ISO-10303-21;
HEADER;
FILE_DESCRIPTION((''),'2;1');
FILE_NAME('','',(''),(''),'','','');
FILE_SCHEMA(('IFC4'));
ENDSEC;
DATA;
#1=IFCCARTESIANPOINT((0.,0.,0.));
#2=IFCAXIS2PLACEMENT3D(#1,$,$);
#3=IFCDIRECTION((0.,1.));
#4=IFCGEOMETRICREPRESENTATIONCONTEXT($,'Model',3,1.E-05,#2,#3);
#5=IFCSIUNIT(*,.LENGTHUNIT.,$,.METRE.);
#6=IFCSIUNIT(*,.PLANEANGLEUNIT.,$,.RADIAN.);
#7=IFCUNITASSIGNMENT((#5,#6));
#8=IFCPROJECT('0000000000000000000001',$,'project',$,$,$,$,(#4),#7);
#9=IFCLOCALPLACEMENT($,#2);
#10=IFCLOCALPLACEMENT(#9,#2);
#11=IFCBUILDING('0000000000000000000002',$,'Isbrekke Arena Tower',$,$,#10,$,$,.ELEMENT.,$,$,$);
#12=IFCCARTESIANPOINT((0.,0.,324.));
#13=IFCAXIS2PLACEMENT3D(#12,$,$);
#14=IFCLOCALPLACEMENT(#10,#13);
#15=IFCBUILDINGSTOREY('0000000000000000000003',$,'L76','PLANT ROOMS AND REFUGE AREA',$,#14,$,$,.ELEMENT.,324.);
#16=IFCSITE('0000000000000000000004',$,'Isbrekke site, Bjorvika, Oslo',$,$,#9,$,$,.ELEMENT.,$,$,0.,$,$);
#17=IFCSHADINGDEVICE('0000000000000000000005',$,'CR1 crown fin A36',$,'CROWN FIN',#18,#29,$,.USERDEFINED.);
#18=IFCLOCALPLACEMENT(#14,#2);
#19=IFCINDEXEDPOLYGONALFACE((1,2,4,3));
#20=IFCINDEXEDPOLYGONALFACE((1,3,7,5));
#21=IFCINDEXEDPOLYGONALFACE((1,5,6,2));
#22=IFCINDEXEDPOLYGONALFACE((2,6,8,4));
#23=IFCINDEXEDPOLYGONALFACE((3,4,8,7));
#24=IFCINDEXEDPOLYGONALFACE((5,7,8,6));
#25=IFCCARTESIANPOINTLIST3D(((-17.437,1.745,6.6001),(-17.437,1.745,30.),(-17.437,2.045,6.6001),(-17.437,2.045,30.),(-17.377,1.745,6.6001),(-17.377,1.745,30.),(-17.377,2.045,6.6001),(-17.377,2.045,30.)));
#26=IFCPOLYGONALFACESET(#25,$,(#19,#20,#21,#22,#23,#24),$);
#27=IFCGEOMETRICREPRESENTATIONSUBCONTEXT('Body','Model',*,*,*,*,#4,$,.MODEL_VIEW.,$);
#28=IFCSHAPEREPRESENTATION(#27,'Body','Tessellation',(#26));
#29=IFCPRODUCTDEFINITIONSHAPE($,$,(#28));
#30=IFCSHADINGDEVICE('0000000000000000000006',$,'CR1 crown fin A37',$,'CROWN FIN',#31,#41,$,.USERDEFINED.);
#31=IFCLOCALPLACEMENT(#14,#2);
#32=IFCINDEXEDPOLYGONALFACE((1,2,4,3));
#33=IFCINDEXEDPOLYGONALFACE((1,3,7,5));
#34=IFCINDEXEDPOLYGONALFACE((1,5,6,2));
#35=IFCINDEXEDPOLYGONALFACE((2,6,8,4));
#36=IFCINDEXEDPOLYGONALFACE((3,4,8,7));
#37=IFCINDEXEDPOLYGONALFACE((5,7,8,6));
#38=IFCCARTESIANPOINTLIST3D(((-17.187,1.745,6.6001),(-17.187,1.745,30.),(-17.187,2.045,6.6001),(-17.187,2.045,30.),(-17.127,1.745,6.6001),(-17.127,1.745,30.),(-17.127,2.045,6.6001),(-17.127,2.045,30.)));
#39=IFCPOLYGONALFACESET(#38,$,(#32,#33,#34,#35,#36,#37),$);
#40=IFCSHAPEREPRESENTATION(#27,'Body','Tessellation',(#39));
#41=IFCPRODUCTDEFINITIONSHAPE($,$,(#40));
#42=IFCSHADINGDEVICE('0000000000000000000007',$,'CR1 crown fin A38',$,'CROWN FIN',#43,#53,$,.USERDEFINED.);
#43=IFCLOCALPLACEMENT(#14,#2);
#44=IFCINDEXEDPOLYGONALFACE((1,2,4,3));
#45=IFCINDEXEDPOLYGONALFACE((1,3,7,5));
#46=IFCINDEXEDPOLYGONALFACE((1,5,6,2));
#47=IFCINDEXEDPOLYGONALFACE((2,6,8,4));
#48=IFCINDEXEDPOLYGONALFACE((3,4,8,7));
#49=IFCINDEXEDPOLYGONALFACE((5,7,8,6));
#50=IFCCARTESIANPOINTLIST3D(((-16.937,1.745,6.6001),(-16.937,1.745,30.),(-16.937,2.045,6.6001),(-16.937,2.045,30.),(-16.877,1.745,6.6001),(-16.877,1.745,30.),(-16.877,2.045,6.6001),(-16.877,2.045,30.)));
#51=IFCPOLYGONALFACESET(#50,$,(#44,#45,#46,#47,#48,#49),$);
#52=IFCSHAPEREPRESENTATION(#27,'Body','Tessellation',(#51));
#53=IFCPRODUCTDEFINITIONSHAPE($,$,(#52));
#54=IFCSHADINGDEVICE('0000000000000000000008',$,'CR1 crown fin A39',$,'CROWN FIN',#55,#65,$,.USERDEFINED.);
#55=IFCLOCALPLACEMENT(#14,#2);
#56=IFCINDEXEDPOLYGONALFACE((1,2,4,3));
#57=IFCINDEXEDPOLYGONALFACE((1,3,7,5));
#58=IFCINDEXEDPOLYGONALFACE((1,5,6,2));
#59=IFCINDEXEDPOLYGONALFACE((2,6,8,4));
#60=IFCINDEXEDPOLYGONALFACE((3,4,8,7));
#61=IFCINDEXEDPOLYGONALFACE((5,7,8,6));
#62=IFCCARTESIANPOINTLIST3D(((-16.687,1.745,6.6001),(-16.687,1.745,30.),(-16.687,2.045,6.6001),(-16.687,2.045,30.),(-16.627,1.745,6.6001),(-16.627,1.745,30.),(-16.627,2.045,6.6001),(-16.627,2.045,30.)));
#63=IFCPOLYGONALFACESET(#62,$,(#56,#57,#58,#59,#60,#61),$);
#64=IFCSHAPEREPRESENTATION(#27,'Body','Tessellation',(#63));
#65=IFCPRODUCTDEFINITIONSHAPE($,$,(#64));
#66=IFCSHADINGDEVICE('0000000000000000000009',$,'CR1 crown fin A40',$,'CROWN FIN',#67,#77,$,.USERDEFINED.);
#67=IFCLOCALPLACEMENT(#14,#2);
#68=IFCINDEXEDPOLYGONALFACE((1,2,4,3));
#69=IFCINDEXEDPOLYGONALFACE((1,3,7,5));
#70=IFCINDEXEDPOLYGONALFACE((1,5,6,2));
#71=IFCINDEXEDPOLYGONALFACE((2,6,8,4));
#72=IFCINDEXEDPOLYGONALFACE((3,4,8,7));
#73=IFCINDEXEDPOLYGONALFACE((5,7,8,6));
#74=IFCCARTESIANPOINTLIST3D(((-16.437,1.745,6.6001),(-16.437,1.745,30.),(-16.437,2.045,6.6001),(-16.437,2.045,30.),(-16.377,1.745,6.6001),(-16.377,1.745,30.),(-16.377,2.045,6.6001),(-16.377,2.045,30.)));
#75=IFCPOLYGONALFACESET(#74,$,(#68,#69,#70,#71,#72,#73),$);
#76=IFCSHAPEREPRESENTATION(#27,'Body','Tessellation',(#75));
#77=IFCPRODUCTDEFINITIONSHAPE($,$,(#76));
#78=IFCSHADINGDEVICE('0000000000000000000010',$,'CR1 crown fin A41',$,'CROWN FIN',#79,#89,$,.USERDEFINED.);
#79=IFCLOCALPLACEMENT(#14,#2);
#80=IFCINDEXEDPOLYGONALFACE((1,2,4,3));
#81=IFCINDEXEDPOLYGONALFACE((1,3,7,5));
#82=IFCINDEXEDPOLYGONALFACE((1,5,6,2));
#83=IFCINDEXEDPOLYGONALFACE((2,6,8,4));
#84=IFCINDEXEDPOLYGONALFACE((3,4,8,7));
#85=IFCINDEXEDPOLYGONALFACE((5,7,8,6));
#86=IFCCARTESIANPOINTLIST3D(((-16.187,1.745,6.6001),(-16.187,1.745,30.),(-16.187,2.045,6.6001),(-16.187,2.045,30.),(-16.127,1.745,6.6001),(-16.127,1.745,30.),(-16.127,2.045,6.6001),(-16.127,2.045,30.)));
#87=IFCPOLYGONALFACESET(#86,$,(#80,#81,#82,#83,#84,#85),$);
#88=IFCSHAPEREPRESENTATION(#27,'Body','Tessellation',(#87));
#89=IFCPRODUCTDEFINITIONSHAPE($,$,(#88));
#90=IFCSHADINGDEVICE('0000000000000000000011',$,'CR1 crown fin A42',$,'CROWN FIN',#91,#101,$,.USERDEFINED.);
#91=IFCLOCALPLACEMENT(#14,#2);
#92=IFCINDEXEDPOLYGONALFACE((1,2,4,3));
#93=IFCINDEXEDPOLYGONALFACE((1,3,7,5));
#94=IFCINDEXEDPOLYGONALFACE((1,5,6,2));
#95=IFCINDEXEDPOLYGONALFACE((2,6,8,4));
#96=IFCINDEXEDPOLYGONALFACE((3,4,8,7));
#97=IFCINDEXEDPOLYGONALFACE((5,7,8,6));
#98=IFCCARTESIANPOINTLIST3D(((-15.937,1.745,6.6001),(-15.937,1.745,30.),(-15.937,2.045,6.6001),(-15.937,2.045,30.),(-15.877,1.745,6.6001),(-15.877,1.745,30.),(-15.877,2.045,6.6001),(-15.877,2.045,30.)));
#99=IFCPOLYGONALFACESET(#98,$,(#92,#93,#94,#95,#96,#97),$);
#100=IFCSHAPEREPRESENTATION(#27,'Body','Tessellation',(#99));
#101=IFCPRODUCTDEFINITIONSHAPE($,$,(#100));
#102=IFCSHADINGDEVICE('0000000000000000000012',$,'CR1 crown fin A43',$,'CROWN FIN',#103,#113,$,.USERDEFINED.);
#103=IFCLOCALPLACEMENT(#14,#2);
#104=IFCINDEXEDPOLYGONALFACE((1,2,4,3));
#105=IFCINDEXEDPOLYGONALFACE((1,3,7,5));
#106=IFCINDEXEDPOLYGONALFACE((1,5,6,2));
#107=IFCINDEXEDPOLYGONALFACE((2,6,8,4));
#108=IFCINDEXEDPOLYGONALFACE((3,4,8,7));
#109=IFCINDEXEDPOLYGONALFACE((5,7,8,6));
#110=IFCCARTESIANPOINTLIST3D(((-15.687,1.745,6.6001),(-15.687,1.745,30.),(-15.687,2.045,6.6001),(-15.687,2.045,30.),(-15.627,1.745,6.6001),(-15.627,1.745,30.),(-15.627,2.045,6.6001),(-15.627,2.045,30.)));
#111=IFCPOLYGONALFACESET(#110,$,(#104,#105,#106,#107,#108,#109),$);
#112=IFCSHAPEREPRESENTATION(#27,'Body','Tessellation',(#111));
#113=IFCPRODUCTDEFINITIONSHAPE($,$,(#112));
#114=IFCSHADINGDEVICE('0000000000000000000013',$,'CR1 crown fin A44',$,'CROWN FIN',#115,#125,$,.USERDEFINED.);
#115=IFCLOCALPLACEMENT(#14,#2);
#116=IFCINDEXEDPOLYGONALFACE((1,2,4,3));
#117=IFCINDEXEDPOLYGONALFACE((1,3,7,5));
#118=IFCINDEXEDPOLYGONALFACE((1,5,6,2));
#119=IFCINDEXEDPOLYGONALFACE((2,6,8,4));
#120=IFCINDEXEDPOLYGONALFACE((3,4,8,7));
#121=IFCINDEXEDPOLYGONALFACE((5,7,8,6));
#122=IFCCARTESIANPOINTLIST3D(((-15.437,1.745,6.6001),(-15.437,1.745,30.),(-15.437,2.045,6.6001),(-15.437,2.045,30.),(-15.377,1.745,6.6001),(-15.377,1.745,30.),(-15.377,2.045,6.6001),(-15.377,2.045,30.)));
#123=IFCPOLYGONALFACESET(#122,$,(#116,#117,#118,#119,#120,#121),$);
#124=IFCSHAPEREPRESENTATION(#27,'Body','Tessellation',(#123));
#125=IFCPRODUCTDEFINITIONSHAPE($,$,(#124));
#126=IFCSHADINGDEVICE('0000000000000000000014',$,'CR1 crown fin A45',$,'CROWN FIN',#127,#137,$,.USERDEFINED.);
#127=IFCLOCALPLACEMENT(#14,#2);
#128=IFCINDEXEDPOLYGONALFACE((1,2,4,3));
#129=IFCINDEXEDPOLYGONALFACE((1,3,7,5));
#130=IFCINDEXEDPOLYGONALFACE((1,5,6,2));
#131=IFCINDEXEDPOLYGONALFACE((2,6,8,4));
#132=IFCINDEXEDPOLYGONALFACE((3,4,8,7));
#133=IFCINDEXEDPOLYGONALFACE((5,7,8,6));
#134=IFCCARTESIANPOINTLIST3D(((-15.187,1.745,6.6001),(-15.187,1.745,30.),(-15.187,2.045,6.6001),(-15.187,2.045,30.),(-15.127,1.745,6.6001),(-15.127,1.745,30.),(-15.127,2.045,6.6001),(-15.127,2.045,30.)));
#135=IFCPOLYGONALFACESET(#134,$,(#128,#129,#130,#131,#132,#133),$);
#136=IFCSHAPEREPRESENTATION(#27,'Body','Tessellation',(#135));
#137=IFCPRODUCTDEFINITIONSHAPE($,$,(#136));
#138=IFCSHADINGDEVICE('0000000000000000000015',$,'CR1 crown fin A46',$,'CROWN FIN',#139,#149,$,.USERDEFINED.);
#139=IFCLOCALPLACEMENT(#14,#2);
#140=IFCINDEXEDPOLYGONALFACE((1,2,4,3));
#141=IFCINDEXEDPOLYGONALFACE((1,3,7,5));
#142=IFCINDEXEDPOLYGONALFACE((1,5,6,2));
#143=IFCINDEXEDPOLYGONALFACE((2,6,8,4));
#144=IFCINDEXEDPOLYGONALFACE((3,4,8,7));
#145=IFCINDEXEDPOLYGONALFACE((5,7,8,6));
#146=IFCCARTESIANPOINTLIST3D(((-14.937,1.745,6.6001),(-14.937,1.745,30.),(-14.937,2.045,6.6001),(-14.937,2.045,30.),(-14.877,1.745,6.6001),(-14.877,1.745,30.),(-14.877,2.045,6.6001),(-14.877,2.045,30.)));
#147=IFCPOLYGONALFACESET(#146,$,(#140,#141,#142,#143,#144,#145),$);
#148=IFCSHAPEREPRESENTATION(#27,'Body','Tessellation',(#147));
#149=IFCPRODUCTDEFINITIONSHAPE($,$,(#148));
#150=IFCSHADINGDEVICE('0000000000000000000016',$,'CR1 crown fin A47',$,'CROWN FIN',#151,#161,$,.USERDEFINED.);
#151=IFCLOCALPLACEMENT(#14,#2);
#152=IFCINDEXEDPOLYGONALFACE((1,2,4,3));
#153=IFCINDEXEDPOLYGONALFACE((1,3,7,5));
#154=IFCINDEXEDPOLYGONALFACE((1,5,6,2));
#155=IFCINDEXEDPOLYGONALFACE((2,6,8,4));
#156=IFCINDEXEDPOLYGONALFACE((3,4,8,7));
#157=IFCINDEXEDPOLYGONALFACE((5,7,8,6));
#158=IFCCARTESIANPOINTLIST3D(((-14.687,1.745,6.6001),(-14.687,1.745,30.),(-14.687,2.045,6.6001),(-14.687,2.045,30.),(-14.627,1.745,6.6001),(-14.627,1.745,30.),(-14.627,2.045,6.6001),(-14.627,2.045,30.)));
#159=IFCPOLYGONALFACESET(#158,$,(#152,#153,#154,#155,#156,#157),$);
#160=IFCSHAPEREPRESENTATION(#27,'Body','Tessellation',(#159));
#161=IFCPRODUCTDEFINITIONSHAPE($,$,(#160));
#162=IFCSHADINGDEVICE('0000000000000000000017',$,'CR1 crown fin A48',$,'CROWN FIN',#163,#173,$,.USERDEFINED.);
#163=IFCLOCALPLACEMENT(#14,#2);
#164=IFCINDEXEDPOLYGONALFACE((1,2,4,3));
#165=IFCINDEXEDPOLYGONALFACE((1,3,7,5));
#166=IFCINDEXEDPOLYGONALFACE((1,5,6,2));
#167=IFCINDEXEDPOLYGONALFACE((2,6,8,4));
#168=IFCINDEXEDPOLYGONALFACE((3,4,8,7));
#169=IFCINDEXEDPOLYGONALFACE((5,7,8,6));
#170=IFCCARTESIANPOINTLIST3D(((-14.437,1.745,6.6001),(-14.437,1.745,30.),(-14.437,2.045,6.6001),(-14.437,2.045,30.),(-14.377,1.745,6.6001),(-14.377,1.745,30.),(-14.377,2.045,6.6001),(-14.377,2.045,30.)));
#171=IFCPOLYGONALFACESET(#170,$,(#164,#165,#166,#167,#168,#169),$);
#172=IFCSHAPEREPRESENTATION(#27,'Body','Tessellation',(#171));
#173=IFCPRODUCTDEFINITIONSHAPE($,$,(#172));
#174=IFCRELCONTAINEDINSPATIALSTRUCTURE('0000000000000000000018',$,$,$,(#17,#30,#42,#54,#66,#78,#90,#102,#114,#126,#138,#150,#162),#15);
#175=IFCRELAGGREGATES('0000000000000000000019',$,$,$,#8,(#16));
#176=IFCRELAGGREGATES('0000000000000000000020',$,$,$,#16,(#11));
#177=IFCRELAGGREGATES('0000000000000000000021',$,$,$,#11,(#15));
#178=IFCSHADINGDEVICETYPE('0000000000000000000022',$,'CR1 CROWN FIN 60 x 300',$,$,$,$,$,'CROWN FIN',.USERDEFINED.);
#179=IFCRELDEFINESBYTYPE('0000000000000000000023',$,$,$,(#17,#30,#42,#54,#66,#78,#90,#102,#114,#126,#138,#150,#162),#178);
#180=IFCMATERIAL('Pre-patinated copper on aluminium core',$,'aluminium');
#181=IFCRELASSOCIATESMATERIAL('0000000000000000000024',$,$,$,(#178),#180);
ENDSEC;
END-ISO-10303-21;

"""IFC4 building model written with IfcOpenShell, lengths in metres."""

from ifc_helpers import new_model, si_unit, direction, frame, origin, origin_2d, place, context, subcontext, project, spatial, rectangle, extrude, material, material_profile, profile_set, type_object, element, save


model = new_model("IFC4")

# Units and contexts
model_context = context("Model", 3, precision=1e-05, world=origin(), true_north=direction((0.0, 1.0)))
body_context = subcontext(model_context, "Body", "Model", "MODEL_VIEW")
ifc_project = project(units=[si_unit("LENGTHUNIT", "METRE"), si_unit("PLANEANGLEUNIT", "RADIAN")], contexts=[model_context])

# Site, building, storey
site_placement = place(None, origin())
site = spatial("IfcSite", under=ifc_project, at=site_placement, Name="Isbrekke site, Bjorvika, Oslo", CompositionType="ELEMENT", RefElevation=0.0)
building_placement = place(site_placement, origin())
building = spatial("IfcBuilding", under=site, at=building_placement, Name="Isbrekke Arena Tower", CompositionType="ELEMENT")
storey_placement = place(building_placement, frame((0.0, 0.0, 324.0)))
storey = spatial("IfcBuildingStorey", under=building, at=storey_placement, Name="L76", Description="PLANT ROOMS AND REFUGE AREA", CompositionType="ELEMENT", Elevation=324.0)

# Shading devices
ifc_material = material(Name="Pre-patinated copper on aluminium core", Category="aluminium")
ifc_material_profile = material_profile(ifc_material, rectangle(XDim=0.0601, YDim=0.3, at=origin_2d()), Name="FIN 60X300")
ifc_profile_set = profile_set([ifc_material_profile], Name="Pre-patinated copper on aluminium core")
shading_device_type = type_object("IfcShadingDeviceType", Name="CR1 CROWN FIN 60 x 300", ElementType="CROWN FIN", PredefinedType="USERDEFINED", material=ifc_profile_set)
for number, where, z_axis, x_axis, name in (
    (1, (-17.407, 1.895, 6.6001), (0.0, 0.0, 1.0), (1.0, 0.0, 0.0), "CR1 crown fin A36"),
    (2, (-17.157, 1.895, 6.6001), (0.0, 0.0, 1.0), (1.0, 0.0, 0.0), "CR1 crown fin A37"),
    (3, (-16.907, 1.895, 6.6001), (0.0, 0.0, 1.0), (1.0, 0.0, 0.0), "CR1 crown fin A38"),
    (4, (-16.657, 1.895, 6.6001), (0.0, 0.0, 1.0), (1.0, 0.0, 0.0), "CR1 crown fin A39"),
    (5, (-16.407, 1.895, 6.6001), (0.0, 0.0, 1.0), (1.0, 0.0, 0.0), "CR1 crown fin A40"),
    (6, (-16.157, 1.895, 6.6001), (0.0, 0.0, 1.0), (1.0, 0.0, 0.0), "CR1 crown fin A41"),
    (7, (-15.907, 1.895, 6.6001), (0.0, 0.0, 1.0), (1.0, 0.0, 0.0), "CR1 crown fin A42"),
    (8, (-15.657, 1.895, 6.6001), (0.0, 0.0, 1.0), (1.0, 0.0, 0.0), "CR1 crown fin A43"),
    (9, (-15.407, 1.895, 6.6001), (0.0, 0.0, 1.0), (1.0, 0.0, 0.0), "CR1 crown fin A44"),
    (10, (-15.157, 1.895, 6.6001), (0.0, 0.0, 1.0), (1.0, 0.0, 0.0), "CR1 crown fin A45"),
    (11, (-14.907, 1.895, 6.6001), (0.0, 0.0, 1.0), (1.0, 0.0, 0.0), "CR1 crown fin A46"),
    (12, (-14.657, 1.895, 6.6001), (0.0, 0.0, 1.0), (1.0, 0.0, 0.0), "CR1 crown fin A47"),
    (13, (-14.407, 1.895, 6.6001), (0.0, 0.0, 1.0), (1.0, 0.0, 0.0), "CR1 crown fin A48"),
):
    element("IfcShadingDevice", number, at=place(storey_placement, frame(where, z_axis=z_axis, x_axis=x_axis)), inside=storey, type_object=shading_device_type, Name=name, ObjectType="CROWN FIN", PredefinedType="USERDEFINED", context=body_context, shape_type="SweptSolid", body=[
        extrude(rectangle(XDim=0.0601, YDim=0.3, at=origin_2d()), origin(), (0.0, 0.0, 1.0), 23.3999),
    ])

save(model, "model.ifc")
